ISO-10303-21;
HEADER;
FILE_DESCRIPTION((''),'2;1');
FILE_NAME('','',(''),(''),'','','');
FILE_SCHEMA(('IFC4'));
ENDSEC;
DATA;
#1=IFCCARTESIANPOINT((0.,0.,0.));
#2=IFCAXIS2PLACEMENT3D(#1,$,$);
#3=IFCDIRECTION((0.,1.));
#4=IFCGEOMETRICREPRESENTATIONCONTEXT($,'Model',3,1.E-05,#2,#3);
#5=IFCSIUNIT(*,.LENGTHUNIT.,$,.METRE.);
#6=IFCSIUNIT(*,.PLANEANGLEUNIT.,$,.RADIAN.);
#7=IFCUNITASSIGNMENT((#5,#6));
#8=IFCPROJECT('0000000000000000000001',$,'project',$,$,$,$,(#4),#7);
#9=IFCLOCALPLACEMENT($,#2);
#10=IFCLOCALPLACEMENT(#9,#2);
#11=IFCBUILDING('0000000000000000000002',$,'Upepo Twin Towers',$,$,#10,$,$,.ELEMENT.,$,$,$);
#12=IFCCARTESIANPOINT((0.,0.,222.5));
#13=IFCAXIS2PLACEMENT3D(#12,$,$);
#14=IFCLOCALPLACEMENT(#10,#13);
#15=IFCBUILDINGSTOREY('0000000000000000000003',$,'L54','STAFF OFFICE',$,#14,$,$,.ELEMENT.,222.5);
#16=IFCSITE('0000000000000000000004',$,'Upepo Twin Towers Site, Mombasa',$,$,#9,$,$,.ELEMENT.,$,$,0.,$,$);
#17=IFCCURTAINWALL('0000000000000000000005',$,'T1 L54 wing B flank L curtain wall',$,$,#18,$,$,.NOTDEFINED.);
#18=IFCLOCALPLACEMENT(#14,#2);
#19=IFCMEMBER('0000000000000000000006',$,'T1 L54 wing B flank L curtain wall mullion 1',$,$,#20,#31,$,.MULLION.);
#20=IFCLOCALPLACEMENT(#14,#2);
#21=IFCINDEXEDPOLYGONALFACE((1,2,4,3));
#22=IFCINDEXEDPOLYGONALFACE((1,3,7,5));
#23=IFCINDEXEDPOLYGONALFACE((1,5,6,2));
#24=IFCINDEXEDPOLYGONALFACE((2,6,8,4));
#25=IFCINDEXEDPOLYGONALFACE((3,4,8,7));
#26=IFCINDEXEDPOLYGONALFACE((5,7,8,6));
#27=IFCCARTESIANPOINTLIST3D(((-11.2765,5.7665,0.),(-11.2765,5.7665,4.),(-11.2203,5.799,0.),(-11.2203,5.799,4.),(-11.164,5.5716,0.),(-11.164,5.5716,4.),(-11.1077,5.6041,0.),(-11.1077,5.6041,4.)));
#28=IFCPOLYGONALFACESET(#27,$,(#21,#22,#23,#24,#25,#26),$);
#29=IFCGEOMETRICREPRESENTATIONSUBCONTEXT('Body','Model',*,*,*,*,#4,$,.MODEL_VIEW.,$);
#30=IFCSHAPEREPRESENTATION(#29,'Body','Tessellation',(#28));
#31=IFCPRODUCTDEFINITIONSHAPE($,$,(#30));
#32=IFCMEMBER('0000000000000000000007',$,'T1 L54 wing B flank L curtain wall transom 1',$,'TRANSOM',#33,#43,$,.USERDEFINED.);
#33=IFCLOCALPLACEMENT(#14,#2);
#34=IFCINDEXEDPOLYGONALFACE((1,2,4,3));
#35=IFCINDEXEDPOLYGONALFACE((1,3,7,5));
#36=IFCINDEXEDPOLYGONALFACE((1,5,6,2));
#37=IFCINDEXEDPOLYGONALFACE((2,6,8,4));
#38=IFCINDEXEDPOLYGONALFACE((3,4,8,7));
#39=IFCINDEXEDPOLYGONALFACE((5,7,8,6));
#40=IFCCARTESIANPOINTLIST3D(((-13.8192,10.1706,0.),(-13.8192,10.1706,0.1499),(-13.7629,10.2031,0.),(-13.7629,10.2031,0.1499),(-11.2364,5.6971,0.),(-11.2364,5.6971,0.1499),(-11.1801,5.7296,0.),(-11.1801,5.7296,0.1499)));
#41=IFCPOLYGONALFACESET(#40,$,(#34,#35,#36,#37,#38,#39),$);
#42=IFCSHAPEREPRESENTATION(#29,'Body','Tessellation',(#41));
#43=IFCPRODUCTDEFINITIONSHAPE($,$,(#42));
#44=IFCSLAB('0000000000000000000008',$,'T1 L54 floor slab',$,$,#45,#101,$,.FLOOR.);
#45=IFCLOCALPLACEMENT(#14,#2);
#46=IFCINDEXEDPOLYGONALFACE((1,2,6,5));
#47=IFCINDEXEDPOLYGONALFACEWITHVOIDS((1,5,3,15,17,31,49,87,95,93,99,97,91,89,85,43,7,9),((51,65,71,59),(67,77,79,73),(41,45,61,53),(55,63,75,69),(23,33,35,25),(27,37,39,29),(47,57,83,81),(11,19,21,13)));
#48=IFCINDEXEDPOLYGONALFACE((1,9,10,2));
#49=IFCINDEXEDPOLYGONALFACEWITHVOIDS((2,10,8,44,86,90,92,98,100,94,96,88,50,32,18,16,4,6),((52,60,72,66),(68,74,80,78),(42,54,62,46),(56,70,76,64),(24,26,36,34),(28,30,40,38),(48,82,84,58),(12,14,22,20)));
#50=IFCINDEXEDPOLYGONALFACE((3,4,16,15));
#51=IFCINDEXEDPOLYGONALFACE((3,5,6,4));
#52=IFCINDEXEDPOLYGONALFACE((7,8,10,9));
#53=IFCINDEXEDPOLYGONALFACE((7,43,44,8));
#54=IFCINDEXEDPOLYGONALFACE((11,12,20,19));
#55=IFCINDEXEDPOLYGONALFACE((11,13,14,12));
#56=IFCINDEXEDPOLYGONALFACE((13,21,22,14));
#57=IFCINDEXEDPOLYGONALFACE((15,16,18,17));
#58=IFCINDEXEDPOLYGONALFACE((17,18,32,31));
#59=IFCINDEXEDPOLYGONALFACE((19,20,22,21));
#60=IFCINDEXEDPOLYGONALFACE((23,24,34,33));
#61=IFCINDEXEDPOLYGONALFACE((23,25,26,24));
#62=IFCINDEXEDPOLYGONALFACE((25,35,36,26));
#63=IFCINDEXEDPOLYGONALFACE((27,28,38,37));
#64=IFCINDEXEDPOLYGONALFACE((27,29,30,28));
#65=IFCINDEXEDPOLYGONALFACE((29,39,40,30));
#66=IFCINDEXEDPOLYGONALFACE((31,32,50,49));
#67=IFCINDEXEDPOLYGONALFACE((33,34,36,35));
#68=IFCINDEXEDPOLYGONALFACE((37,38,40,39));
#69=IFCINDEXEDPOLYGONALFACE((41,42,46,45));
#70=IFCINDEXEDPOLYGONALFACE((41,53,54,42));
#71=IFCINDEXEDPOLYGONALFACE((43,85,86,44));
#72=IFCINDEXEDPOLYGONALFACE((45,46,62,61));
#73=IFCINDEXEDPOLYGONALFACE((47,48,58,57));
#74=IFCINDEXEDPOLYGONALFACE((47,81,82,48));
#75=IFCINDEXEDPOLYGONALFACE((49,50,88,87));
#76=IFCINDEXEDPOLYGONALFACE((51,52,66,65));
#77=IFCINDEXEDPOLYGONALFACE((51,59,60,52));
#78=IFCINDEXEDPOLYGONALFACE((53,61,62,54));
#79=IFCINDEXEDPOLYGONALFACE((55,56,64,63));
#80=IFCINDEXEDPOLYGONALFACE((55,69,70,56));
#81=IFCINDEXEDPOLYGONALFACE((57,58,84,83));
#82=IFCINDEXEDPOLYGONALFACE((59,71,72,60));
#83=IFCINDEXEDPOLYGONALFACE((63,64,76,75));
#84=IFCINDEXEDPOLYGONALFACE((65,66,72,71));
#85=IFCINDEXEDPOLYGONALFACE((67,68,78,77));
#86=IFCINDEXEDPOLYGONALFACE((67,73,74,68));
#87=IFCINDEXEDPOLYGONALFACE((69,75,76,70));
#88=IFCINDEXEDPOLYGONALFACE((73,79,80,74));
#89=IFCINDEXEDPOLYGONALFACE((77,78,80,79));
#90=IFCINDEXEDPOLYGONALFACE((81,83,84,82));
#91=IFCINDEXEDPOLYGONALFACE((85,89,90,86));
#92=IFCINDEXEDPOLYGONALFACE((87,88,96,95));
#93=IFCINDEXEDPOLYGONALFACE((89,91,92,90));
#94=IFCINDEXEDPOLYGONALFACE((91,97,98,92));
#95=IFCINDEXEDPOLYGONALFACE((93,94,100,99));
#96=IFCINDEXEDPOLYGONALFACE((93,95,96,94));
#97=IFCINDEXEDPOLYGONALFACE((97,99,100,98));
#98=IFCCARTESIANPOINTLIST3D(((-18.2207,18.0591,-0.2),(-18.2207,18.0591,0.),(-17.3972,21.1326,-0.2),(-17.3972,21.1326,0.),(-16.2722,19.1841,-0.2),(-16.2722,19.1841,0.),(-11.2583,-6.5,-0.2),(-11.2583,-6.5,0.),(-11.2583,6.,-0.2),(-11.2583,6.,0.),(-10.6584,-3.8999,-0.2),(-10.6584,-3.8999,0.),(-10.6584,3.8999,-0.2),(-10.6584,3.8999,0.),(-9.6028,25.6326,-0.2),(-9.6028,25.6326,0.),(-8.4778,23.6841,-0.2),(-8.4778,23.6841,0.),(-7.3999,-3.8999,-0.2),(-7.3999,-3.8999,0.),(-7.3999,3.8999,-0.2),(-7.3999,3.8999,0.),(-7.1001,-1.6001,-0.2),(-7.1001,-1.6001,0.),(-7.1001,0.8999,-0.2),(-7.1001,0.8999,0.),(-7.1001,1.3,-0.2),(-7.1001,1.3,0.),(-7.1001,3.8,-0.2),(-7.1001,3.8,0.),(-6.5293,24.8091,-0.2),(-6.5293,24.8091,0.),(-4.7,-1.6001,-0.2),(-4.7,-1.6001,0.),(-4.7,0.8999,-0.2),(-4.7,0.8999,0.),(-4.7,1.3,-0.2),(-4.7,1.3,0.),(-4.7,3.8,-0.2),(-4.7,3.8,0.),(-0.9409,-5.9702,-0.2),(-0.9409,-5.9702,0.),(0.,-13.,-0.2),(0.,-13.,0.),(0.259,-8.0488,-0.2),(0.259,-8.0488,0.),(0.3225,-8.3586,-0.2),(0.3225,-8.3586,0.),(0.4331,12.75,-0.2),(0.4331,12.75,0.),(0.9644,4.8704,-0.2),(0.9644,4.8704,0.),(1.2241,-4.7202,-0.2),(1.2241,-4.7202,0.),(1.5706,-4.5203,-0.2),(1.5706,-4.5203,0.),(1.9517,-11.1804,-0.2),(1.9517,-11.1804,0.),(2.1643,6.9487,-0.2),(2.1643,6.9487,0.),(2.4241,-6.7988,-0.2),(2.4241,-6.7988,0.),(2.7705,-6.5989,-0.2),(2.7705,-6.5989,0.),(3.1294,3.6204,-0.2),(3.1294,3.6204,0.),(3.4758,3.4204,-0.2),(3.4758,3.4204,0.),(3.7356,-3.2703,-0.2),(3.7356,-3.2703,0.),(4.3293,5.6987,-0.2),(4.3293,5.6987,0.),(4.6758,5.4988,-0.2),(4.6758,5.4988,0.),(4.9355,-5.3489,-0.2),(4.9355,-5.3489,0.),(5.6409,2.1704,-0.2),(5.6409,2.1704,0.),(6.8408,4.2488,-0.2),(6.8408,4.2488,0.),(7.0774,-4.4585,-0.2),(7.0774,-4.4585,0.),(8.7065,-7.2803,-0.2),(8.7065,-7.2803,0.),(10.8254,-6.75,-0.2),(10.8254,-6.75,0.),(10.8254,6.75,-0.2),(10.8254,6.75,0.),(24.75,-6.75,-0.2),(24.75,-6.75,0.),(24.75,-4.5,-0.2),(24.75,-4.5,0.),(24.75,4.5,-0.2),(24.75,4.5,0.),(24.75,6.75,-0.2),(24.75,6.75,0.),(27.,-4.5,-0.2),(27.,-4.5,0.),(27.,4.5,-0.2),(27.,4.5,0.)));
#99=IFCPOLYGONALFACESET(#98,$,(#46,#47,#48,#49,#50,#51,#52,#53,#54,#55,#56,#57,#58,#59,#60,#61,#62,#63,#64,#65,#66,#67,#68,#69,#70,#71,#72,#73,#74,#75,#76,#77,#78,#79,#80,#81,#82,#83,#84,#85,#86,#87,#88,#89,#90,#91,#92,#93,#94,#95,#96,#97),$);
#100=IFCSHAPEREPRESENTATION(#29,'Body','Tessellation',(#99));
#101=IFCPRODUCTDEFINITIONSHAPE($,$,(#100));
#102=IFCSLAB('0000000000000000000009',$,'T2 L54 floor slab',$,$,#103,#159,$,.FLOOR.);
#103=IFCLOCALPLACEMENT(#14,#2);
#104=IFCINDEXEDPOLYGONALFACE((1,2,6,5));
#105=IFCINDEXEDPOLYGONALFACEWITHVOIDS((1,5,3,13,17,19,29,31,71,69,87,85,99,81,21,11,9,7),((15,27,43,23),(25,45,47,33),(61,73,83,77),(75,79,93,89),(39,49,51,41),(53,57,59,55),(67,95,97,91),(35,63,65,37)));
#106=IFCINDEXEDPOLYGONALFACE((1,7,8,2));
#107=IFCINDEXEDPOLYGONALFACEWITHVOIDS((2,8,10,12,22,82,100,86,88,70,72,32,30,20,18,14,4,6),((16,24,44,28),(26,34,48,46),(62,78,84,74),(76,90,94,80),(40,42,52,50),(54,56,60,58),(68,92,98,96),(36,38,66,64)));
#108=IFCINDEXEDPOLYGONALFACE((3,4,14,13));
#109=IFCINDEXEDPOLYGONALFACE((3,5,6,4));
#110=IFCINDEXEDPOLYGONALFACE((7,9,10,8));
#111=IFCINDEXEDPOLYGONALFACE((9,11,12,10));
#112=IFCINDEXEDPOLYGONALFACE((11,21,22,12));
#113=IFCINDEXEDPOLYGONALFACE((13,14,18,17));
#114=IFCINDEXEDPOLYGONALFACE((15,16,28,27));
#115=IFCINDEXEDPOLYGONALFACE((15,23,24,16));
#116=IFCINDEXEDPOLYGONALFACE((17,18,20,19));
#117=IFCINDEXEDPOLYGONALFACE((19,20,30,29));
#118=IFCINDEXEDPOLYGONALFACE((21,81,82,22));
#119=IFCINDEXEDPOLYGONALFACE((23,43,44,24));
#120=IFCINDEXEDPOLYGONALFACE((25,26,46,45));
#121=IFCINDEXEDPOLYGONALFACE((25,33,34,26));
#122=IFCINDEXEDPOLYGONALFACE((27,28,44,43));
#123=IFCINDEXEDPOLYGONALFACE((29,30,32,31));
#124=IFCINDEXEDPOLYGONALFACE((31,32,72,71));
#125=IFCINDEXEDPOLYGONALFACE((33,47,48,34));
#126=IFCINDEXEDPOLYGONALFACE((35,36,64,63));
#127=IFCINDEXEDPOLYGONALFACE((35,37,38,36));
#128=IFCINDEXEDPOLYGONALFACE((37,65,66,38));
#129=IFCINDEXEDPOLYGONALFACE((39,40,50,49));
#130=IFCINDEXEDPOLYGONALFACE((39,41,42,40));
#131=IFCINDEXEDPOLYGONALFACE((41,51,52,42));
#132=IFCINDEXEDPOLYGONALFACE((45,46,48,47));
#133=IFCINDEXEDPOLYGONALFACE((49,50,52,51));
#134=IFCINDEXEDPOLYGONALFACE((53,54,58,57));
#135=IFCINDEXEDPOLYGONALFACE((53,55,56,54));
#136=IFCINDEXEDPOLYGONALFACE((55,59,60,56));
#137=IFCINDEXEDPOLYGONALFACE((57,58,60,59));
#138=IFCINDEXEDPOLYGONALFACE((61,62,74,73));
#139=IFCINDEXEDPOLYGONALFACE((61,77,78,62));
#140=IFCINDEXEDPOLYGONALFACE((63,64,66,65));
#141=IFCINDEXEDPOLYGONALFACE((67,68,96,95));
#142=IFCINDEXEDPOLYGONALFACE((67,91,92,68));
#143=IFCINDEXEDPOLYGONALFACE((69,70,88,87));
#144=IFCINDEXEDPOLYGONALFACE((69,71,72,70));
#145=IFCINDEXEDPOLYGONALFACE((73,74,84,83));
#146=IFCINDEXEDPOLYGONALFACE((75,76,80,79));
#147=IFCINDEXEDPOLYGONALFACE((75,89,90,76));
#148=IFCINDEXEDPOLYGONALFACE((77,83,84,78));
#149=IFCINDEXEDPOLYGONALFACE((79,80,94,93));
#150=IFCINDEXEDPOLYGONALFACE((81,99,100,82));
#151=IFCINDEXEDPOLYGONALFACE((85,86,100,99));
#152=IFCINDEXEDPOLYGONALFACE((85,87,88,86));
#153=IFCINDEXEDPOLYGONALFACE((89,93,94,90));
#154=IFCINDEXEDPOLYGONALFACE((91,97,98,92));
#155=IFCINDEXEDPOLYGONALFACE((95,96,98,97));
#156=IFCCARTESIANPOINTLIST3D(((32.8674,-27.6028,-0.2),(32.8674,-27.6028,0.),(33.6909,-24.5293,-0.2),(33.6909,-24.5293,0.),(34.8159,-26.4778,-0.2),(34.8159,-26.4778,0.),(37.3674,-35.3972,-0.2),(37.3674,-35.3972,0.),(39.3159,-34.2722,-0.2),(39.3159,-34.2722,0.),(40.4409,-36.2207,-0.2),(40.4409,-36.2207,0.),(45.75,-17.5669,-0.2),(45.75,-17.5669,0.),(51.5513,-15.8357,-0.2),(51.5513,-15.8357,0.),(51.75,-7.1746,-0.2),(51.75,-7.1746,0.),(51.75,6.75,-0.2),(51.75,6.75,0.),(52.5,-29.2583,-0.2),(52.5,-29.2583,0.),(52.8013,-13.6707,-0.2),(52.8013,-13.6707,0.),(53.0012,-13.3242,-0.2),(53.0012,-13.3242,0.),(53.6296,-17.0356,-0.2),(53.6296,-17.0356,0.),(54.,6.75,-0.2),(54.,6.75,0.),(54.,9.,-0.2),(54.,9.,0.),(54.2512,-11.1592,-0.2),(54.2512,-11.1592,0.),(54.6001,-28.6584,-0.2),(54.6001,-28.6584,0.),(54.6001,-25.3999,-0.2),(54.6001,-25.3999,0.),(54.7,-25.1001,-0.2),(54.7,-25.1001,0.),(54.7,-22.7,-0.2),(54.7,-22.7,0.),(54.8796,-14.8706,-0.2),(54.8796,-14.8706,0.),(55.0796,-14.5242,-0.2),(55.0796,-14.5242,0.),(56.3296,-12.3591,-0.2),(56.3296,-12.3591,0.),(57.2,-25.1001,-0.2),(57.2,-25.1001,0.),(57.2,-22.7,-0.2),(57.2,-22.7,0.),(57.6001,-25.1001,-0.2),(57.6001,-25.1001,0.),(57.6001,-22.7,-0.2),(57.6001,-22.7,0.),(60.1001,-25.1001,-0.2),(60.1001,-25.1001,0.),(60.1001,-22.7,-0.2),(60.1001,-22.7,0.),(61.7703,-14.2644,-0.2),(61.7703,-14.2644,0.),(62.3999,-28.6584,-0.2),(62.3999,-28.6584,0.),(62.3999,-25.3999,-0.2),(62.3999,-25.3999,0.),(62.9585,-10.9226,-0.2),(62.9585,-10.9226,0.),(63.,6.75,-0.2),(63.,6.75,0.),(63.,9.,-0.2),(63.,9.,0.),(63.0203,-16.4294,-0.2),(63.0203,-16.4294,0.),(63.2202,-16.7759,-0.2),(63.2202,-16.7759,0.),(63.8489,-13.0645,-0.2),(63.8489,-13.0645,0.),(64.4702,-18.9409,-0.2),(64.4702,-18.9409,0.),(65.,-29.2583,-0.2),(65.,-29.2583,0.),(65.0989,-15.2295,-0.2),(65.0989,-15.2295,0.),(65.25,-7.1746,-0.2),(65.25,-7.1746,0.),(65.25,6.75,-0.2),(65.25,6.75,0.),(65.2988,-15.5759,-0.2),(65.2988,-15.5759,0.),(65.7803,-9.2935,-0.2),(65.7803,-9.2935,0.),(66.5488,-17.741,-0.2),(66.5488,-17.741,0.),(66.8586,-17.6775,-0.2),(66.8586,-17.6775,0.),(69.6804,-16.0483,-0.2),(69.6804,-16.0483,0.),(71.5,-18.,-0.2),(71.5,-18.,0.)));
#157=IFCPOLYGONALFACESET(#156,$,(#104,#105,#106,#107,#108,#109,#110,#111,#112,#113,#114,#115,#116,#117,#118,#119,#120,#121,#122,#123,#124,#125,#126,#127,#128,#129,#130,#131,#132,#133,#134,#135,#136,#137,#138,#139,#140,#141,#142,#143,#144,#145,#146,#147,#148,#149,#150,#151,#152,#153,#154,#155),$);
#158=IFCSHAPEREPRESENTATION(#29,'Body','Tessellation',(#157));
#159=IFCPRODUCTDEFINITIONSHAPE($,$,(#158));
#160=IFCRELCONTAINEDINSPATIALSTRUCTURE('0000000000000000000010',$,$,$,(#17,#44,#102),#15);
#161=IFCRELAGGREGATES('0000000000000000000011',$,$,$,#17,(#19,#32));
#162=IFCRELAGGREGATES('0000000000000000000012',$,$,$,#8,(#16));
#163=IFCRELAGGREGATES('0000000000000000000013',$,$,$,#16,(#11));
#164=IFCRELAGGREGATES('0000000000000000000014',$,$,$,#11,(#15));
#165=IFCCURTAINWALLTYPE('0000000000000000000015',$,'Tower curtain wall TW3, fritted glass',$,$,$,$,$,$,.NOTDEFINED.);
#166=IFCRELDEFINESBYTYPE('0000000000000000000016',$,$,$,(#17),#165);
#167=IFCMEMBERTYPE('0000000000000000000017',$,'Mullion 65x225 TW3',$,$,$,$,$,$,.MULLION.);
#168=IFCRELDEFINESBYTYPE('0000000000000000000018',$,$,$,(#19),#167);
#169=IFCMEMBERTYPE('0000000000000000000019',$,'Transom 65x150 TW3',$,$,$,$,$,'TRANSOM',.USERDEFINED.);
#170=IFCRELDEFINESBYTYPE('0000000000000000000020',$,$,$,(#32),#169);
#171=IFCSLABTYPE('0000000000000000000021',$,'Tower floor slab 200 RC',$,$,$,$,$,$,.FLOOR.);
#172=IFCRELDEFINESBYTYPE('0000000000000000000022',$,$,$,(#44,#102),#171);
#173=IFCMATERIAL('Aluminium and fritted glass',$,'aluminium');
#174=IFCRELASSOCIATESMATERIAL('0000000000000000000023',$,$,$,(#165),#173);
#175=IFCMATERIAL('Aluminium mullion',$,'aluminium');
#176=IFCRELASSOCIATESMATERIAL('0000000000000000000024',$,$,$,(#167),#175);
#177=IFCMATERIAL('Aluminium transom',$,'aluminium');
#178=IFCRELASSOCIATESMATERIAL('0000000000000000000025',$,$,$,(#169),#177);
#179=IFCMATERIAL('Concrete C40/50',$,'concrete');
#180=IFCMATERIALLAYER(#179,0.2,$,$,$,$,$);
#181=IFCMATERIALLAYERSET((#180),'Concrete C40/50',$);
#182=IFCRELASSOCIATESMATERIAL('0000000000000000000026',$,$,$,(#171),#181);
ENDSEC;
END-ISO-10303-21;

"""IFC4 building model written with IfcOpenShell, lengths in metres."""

from ifc_helpers import new_model, si_unit, direction, frame, origin, origin_2d, place, context, subcontext, project, spatial, polyline, rectangle, outline, extrude, material, layer, layer_set, material_profile, profile_set, type_object, element, aggregate, save


model = new_model("IFC4")

# Units and contexts
model_context = context("Model", 3, precision=1e-05, world=origin(), true_north=direction((0.0, 1.0)))
body_context = subcontext(model_context, "Body", "Model", "MODEL_VIEW")
ifc_project = project(units=[si_unit("LENGTHUNIT", "METRE"), si_unit("PLANEANGLEUNIT", "RADIAN")], contexts=[model_context])

# Site, building, storey
site_placement = place(None, origin())
site = spatial("IfcSite", under=ifc_project, at=site_placement, Name="Upepo Twin Towers Site, Mombasa", CompositionType="ELEMENT", RefElevation=0.0)
building_placement = place(site_placement, origin())
building = spatial("IfcBuilding", under=site, at=building_placement, Name="Upepo Twin Towers", CompositionType="ELEMENT")
storey_placement = place(building_placement, frame((0.0, 0.0, 222.5)))
storey = spatial("IfcBuildingStorey", under=building, at=storey_placement, Name="L54", Description="STAFF OFFICE", CompositionType="ELEMENT", Elevation=222.5)

# Curtain wall, members
ifc_material_1 = material(Name="Aluminium and fritted glass", Category="aluminium")
curtain_wall_type = type_object("IfcCurtainWallType", Name="Tower curtain wall TW3, fritted glass", PredefinedType="NOTDEFINED", material=ifc_material_1)
curtain_wall_placement = place(storey_placement, origin())
curtain_wall = element("IfcCurtainWall", 1, at=curtain_wall_placement, inside=storey, type_object=curtain_wall_type, Name="T1 L54 wing B flank L curtain wall", PredefinedType="NOTDEFINED")
ifc_material_2 = material(Name="Aluminium mullion", Category="aluminium")
ifc_material_profile_1 = material_profile(ifc_material_2, rectangle(XDim=0.0649, YDim=0.2251, at=origin_2d()), Name="MULLION 65x225")
ifc_profile_set_1 = profile_set([ifc_material_profile_1], Name="Aluminium mullion")
member_type_1 = type_object("IfcMemberType", Name="Mullion 65x225 TW3", PredefinedType="MULLION", material=ifc_profile_set_1)
member_1_placement = place(storey_placement, frame((-11.1921, 5.6853, 0.0), z_axis=(0.0, 0.0, 1.0), x_axis=(-0.866025, -0.5, 0.0)))
member_1 = element("IfcMember", 2, at=member_1_placement, type_object=member_type_1, Name="T1 L54 wing B flank L curtain wall mullion 1", PredefinedType="MULLION", context=body_context, shape_type="SweptSolid", body=[
    extrude(rectangle(XDim=0.0649, YDim=0.2251, at=origin_2d()), origin(), (0.0, 0.0, 1.0), 4.0),
])
ifc_material_3 = material(Name="Aluminium transom", Category="aluminium")
ifc_material_profile_2 = material_profile(ifc_material_3, rectangle(XDim=0.0649, YDim=0.1499, at=origin_2d()), Name="TRANSOM 65x150")
ifc_profile_set_2 = profile_set([ifc_material_profile_2], Name="Aluminium transom")
member_type_2 = type_object("IfcMemberType", Name="Transom 65x150 TW3", ElementType="TRANSOM", PredefinedType="USERDEFINED", material=ifc_profile_set_2)
member_2_placement = place(storey_placement, frame((-11.2083, 5.7134, 0.075), z_axis=(-0.500007, 0.866021, 0.0), x_axis=(-0.866021, -0.500007, 0.0)))
member_2 = element("IfcMember", 3, at=member_2_placement, type_object=member_type_2, Name="T1 L54 wing B flank L curtain wall transom 1", ObjectType="TRANSOM", PredefinedType="USERDEFINED", context=body_context, shape_type="SweptSolid", body=[
    extrude(rectangle(XDim=0.0649, YDim=0.1499, at=origin_2d()), origin(), (0.0, 0.0, 1.0), 5.1655),
])
aggregate(curtain_wall, [member_1, member_2])

# Slabs
ifc_material_4 = material(Name="Concrete C40/50", Category="concrete")
ifc_layer_1 = layer(ifc_material_4, 0.2)
ifc_layer_set_1 = layer_set([ifc_layer_1], Name="Concrete C40/50")
slab_type = type_object("IfcSlabType", Name="Tower floor slab 200 RC", PredefinedType="FLOOR", material=ifc_layer_set_1)
slab_1_placement = place(storey_placement, frame((0.0, 0.0, -0.2)))
element("IfcSlab", 4, at=slab_1_placement, inside=storey, type_object=slab_type, Name="T1 L54 floor slab", PredefinedType="FLOOR", context=body_context, shape_type="SweptSolid", body=[
    extrude(outline(polyline([(10.8254, 6.75), (24.75, 6.75), (24.75, 4.5), (27.0, 4.5), (27.0, -4.5), (24.75, -4.5), (24.75, -6.75), (10.8254, -6.75), (0.0, -13.0), (-11.2583, -6.5), (-11.2583, 6.0), (-18.2207, 18.0591), (-16.2722, 19.1841), (-17.3972, 21.1326), (-9.6028, 25.6326), (-8.4778, 23.6841), (-6.5293, 24.8091), (0.4331, 12.75), (10.8254, 6.75)]), holes=[polyline([(5.6409, 2.1704), (6.8408, 4.2488), (4.6758, 5.4988), (3.4758, 3.4204), (5.6409, 2.1704)]), polyline([(3.1294, 3.6204), (4.3293, 5.6987), (2.1643, 6.9487), (0.9644, 4.8704), (3.1294, 3.6204)]), polyline([(-4.7, 3.8), (-7.1001, 3.8), (-7.1001, 1.3), (-4.7, 1.3), (-4.7, 3.8)]), polyline([(-4.7, 0.8999), (-7.1001, 0.8999), (-7.1001, -1.6001), (-4.7, -1.6001), (-4.7, 0.8999)]), polyline([(-7.3999, 3.8999), (-10.6584, 3.8999), (-10.6584, -3.8999), (-7.3999, -3.8999), (-7.3999, 3.8999)]), polyline([(-0.9409, -5.9702), (0.259, -8.0488), (2.4241, -6.7988), (1.2241, -4.7202), (-0.9409, -5.9702)]), polyline([(1.5706, -4.5203), (2.7705, -6.5989), (4.9355, -5.3489), (3.7356, -3.2703), (1.5706, -4.5203)]), polyline([(0.3225, -8.3586), (1.9517, -11.1804), (8.7065, -7.2803), (7.0774, -4.4585), (0.3225, -8.3586)])]), origin(), (0.0, 0.0, 1.0), 0.2),
])
slab_2_placement = place(storey_placement, frame((0.0, 0.0, -0.2)))
element("IfcSlab", 5, at=slab_2_placement, inside=storey, type_object=slab_type, Name="T2 L54 floor slab", PredefinedType="FLOOR", context=body_context, shape_type="SweptSolid", body=[
    extrude(outline(polyline([(51.75, -7.1746), (51.75, 6.75), (54.0, 6.75), (54.0, 9.0), (63.0, 9.0), (63.0, 6.75), (65.25, 6.75), (65.25, -7.1746), (71.5, -18.0), (65.0, -29.2583), (52.5, -29.2583), (40.4409, -36.2207), (39.3159, -34.2722), (37.3674, -35.3972), (32.8674, -27.6028), (34.8159, -26.4778), (33.6909, -24.5293), (45.75, -17.5669), (51.75, -7.1746)]), holes=[polyline([(56.3296, -12.3591), (54.2512, -11.1592), (53.0012, -13.3242), (55.0796, -14.5242), (56.3296, -12.3591)]), polyline([(54.8796, -14.8706), (52.8013, -13.6707), (51.5513, -15.8357), (53.6296, -17.0356), (54.8796, -14.8706)]), polyline([(54.7, -22.7), (54.7, -25.1001), (57.2, -25.1001), (57.2, -22.7), (54.7, -22.7)]), polyline([(57.6001, -22.7), (57.6001, -25.1001), (60.1001, -25.1001), (60.1001, -22.7), (57.6001, -22.7)]), polyline([(54.6001, -25.3999), (54.6001, -28.6584), (62.3999, -28.6584), (62.3999, -25.3999), (54.6001, -25.3999)]), polyline([(64.4702, -18.9409), (66.5488, -17.741), (65.2988, -15.5759), (63.2202, -16.7759), (64.4702, -18.9409)]), polyline([(63.0203, -16.4294), (65.0989, -15.2295), (63.8489, -13.0645), (61.7703, -14.2644), (63.0203, -16.4294)]), polyline([(66.8586, -17.6775), (69.6804, -16.0483), (65.7803, -9.2935), (62.9585, -10.9226), (66.8586, -17.6775)])]), origin(), (0.0, 0.0, 1.0), 0.2),
])

save(model, "model.ifc")
